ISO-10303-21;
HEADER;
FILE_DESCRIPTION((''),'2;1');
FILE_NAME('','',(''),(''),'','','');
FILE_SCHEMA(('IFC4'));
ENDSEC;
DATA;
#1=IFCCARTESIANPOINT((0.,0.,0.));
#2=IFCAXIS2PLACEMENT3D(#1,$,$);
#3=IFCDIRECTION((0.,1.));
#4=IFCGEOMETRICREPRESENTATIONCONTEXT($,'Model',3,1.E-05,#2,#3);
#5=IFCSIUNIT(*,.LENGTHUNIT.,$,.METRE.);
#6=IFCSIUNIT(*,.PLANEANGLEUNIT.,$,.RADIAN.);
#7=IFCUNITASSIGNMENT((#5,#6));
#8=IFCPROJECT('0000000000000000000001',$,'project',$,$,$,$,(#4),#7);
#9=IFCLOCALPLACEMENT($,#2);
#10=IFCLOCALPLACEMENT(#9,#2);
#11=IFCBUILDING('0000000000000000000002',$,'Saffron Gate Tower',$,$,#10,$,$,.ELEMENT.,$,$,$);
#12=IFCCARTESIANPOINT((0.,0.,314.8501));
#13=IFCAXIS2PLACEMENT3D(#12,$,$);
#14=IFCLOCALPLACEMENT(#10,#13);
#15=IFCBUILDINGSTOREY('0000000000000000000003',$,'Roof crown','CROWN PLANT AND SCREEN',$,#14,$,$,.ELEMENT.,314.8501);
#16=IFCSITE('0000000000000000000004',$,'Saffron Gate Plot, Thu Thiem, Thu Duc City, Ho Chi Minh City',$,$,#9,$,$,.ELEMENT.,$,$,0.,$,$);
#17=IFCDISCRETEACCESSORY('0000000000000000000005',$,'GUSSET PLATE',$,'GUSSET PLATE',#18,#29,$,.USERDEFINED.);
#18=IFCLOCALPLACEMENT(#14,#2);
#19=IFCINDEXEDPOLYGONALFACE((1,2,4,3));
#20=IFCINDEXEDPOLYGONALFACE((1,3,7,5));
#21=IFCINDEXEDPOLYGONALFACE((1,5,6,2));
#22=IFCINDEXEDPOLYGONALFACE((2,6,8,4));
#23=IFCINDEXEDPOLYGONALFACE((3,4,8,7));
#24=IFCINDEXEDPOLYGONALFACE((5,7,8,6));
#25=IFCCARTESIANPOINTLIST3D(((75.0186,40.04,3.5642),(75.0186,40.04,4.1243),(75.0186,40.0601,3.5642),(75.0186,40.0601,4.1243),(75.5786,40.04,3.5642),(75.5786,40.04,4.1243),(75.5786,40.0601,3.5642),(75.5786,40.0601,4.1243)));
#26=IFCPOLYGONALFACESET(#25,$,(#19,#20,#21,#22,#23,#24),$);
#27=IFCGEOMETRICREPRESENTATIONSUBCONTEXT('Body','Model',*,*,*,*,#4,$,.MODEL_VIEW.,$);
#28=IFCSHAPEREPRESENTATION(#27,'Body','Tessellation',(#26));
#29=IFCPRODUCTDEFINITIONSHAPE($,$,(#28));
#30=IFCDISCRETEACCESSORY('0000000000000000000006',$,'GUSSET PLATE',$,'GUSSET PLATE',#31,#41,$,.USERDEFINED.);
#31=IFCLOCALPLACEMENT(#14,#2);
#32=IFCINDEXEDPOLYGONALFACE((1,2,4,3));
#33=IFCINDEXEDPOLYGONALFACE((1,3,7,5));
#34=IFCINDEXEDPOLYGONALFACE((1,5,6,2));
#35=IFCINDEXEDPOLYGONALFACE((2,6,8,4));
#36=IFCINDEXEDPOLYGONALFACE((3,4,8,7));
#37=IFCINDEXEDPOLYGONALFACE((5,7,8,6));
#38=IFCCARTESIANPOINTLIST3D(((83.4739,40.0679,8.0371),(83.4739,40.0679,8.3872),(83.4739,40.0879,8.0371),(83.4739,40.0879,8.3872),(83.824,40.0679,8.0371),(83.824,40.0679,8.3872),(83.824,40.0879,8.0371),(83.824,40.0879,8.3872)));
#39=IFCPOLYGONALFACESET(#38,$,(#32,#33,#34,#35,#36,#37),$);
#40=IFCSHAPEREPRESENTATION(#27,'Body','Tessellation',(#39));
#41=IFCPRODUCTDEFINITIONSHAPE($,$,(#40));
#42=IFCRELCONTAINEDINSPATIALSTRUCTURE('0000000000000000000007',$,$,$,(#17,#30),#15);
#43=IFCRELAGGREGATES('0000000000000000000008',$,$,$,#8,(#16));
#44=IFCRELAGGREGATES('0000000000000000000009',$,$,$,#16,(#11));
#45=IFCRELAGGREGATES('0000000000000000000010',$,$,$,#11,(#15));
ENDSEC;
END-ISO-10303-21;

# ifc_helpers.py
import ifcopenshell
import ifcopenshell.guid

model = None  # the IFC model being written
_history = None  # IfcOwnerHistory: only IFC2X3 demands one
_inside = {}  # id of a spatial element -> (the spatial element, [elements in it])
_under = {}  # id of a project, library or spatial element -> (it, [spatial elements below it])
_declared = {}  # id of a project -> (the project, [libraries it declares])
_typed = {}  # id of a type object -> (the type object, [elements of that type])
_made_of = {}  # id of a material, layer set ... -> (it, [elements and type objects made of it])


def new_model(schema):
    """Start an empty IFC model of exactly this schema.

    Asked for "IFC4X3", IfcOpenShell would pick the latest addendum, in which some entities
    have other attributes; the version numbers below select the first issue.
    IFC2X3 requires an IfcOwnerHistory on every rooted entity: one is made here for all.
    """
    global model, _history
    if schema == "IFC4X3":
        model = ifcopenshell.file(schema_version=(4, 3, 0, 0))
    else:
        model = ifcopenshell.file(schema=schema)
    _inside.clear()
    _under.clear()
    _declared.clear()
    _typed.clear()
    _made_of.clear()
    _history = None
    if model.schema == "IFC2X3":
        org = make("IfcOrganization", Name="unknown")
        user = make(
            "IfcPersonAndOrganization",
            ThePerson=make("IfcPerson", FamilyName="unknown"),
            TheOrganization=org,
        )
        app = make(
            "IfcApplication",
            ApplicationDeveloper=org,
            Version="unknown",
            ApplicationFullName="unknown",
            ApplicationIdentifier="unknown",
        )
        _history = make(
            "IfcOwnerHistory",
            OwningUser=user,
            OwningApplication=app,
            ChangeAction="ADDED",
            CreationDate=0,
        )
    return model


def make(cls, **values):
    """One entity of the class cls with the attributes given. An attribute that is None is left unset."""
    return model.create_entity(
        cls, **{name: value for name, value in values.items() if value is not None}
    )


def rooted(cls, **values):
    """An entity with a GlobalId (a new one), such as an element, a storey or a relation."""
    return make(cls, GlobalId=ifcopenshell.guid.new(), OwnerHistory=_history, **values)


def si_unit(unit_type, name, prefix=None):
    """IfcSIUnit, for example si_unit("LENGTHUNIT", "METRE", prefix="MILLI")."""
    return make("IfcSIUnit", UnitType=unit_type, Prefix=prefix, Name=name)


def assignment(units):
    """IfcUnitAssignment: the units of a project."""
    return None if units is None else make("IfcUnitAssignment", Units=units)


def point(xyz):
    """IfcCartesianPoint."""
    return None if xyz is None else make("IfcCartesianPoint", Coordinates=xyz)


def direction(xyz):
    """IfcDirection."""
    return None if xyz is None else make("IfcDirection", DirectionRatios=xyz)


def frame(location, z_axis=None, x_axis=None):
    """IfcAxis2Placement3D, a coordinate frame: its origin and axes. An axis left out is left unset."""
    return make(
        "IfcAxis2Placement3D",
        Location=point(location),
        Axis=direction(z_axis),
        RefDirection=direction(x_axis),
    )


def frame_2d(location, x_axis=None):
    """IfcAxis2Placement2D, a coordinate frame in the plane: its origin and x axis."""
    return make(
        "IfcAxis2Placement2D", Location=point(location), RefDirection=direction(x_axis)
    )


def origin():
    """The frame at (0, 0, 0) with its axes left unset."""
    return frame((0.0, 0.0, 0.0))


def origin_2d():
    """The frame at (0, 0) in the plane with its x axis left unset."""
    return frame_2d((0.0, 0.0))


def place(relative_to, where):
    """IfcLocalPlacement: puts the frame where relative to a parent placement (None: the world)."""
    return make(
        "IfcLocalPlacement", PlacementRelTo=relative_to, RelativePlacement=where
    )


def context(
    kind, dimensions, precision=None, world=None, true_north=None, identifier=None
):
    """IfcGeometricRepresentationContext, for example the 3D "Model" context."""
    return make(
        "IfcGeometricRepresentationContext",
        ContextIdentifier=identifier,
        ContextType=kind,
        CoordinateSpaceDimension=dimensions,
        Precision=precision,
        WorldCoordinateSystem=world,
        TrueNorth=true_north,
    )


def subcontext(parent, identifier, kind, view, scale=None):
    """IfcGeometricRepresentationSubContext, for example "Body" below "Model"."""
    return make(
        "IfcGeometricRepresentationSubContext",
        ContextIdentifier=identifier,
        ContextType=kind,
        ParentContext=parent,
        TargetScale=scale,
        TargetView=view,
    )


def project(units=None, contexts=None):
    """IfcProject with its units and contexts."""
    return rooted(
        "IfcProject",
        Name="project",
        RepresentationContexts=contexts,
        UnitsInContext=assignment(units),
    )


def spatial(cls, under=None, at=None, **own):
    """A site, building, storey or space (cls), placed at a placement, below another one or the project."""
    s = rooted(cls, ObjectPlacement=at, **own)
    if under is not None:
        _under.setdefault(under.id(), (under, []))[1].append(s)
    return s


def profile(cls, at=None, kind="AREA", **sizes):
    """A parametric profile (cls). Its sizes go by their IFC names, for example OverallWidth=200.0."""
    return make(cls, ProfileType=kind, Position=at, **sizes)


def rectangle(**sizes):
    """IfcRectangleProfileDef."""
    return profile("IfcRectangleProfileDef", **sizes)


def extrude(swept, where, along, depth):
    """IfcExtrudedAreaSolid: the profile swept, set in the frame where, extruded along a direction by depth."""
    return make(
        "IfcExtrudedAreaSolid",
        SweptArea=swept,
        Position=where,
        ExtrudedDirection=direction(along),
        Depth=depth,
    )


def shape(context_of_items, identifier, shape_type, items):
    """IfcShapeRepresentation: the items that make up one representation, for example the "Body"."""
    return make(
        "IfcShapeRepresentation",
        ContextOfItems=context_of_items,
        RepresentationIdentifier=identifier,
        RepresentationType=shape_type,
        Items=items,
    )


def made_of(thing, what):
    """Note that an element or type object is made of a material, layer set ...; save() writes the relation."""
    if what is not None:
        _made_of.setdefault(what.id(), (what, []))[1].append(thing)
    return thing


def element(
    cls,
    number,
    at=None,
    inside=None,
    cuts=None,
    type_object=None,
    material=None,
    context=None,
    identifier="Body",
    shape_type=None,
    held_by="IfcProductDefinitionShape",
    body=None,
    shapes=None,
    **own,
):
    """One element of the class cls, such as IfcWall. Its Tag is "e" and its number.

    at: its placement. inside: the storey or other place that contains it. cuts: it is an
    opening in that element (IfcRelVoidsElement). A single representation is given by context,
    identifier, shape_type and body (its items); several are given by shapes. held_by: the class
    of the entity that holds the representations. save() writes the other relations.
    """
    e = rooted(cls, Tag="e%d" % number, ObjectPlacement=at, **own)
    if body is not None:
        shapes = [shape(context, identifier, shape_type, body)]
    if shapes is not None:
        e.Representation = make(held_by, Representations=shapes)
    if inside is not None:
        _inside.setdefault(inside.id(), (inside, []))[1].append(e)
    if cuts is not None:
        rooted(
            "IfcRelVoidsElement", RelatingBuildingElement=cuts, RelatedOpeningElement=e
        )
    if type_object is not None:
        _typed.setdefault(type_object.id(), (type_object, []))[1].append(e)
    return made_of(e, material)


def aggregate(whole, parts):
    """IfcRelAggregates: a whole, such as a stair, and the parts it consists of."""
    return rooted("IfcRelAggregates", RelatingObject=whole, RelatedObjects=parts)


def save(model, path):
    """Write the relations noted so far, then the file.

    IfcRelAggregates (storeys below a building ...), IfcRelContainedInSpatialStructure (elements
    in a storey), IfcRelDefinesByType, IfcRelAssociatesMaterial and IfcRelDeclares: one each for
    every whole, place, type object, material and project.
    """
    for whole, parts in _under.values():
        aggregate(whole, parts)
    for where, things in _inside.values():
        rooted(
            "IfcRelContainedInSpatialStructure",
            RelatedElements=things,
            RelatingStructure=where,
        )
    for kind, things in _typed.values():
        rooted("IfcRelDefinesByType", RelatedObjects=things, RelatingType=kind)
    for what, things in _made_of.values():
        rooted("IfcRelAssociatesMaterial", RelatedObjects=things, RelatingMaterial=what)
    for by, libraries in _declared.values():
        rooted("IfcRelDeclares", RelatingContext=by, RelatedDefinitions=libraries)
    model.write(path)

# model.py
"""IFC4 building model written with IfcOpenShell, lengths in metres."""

from ifc_helpers import new_model, si_unit, direction, frame, origin, origin_2d, place, context, subcontext, project, spatial, rectangle, extrude, element, save


model = new_model("IFC4")

# Units and contexts
model_context = context("Model", 3, precision=1e-05, world=origin(), true_north=direction((0.0, 1.0)))
body_context = subcontext(model_context, "Body", "Model", "MODEL_VIEW")
ifc_project = project(units=[si_unit("LENGTHUNIT", "METRE"), si_unit("PLANEANGLEUNIT", "RADIAN")], contexts=[model_context])

# Site, building, storey
site_placement = place(None, origin())
site = spatial("IfcSite", under=ifc_project, at=site_placement, Name="Saffron Gate Plot, Thu Thiem, Thu Duc City, Ho Chi Minh City", CompositionType="ELEMENT", RefElevation=0.0)
building_placement = place(site_placement, origin())
building = spatial("IfcBuilding", under=site, at=building_placement, Name="Saffron Gate Tower", CompositionType="ELEMENT")
storey_placement = place(building_placement, frame((0.0, 0.0, 314.8501)))
storey = spatial("IfcBuildingStorey", under=building, at=storey_placement, Name="Roof crown", Description="CROWN PLANT AND SCREEN", CompositionType="ELEMENT", Elevation=314.8501)

# Discrete accessories
for number, where, z_axis, x_axis, name in (
    (1, (75.2986, 40.05, 3.5642), (0.0, 0.0, 1.0), (-1.0, 0.0, 0.0), "GUSSET PLATE"),
):
    element("IfcDiscreteAccessory", number, at=place(storey_placement, frame(where, z_axis=z_axis, x_axis=x_axis)), inside=storey, Name=name, ObjectType="GUSSET PLATE", PredefinedType="USERDEFINED", context=body_context, shape_type="SweptSolid", body=[
        extrude(rectangle(XDim=0.5601, YDim=0.02, at=origin_2d()), origin(), (0.0, 0.0, 1.0), 0.5601),
    ])
discrete_accessory_1_placement = place(storey_placement, frame((83.6489, 40.0779, 8.0371), z_axis=(0.0, 0.0, 1.0), x_axis=(-1.0, 0.0, 0.0)))
element("IfcDiscreteAccessory", 2, at=discrete_accessory_1_placement, inside=storey, Name="GUSSET PLATE", ObjectType="GUSSET PLATE", PredefinedType="USERDEFINED", context=body_context, shape_type="SweptSolid", body=[
    extrude(rectangle(XDim=0.3501, YDim=0.02, at=origin_2d()), origin(), (0.0, 0.0, 1.0), 0.3501),
])

save(model, "model.ifc")
